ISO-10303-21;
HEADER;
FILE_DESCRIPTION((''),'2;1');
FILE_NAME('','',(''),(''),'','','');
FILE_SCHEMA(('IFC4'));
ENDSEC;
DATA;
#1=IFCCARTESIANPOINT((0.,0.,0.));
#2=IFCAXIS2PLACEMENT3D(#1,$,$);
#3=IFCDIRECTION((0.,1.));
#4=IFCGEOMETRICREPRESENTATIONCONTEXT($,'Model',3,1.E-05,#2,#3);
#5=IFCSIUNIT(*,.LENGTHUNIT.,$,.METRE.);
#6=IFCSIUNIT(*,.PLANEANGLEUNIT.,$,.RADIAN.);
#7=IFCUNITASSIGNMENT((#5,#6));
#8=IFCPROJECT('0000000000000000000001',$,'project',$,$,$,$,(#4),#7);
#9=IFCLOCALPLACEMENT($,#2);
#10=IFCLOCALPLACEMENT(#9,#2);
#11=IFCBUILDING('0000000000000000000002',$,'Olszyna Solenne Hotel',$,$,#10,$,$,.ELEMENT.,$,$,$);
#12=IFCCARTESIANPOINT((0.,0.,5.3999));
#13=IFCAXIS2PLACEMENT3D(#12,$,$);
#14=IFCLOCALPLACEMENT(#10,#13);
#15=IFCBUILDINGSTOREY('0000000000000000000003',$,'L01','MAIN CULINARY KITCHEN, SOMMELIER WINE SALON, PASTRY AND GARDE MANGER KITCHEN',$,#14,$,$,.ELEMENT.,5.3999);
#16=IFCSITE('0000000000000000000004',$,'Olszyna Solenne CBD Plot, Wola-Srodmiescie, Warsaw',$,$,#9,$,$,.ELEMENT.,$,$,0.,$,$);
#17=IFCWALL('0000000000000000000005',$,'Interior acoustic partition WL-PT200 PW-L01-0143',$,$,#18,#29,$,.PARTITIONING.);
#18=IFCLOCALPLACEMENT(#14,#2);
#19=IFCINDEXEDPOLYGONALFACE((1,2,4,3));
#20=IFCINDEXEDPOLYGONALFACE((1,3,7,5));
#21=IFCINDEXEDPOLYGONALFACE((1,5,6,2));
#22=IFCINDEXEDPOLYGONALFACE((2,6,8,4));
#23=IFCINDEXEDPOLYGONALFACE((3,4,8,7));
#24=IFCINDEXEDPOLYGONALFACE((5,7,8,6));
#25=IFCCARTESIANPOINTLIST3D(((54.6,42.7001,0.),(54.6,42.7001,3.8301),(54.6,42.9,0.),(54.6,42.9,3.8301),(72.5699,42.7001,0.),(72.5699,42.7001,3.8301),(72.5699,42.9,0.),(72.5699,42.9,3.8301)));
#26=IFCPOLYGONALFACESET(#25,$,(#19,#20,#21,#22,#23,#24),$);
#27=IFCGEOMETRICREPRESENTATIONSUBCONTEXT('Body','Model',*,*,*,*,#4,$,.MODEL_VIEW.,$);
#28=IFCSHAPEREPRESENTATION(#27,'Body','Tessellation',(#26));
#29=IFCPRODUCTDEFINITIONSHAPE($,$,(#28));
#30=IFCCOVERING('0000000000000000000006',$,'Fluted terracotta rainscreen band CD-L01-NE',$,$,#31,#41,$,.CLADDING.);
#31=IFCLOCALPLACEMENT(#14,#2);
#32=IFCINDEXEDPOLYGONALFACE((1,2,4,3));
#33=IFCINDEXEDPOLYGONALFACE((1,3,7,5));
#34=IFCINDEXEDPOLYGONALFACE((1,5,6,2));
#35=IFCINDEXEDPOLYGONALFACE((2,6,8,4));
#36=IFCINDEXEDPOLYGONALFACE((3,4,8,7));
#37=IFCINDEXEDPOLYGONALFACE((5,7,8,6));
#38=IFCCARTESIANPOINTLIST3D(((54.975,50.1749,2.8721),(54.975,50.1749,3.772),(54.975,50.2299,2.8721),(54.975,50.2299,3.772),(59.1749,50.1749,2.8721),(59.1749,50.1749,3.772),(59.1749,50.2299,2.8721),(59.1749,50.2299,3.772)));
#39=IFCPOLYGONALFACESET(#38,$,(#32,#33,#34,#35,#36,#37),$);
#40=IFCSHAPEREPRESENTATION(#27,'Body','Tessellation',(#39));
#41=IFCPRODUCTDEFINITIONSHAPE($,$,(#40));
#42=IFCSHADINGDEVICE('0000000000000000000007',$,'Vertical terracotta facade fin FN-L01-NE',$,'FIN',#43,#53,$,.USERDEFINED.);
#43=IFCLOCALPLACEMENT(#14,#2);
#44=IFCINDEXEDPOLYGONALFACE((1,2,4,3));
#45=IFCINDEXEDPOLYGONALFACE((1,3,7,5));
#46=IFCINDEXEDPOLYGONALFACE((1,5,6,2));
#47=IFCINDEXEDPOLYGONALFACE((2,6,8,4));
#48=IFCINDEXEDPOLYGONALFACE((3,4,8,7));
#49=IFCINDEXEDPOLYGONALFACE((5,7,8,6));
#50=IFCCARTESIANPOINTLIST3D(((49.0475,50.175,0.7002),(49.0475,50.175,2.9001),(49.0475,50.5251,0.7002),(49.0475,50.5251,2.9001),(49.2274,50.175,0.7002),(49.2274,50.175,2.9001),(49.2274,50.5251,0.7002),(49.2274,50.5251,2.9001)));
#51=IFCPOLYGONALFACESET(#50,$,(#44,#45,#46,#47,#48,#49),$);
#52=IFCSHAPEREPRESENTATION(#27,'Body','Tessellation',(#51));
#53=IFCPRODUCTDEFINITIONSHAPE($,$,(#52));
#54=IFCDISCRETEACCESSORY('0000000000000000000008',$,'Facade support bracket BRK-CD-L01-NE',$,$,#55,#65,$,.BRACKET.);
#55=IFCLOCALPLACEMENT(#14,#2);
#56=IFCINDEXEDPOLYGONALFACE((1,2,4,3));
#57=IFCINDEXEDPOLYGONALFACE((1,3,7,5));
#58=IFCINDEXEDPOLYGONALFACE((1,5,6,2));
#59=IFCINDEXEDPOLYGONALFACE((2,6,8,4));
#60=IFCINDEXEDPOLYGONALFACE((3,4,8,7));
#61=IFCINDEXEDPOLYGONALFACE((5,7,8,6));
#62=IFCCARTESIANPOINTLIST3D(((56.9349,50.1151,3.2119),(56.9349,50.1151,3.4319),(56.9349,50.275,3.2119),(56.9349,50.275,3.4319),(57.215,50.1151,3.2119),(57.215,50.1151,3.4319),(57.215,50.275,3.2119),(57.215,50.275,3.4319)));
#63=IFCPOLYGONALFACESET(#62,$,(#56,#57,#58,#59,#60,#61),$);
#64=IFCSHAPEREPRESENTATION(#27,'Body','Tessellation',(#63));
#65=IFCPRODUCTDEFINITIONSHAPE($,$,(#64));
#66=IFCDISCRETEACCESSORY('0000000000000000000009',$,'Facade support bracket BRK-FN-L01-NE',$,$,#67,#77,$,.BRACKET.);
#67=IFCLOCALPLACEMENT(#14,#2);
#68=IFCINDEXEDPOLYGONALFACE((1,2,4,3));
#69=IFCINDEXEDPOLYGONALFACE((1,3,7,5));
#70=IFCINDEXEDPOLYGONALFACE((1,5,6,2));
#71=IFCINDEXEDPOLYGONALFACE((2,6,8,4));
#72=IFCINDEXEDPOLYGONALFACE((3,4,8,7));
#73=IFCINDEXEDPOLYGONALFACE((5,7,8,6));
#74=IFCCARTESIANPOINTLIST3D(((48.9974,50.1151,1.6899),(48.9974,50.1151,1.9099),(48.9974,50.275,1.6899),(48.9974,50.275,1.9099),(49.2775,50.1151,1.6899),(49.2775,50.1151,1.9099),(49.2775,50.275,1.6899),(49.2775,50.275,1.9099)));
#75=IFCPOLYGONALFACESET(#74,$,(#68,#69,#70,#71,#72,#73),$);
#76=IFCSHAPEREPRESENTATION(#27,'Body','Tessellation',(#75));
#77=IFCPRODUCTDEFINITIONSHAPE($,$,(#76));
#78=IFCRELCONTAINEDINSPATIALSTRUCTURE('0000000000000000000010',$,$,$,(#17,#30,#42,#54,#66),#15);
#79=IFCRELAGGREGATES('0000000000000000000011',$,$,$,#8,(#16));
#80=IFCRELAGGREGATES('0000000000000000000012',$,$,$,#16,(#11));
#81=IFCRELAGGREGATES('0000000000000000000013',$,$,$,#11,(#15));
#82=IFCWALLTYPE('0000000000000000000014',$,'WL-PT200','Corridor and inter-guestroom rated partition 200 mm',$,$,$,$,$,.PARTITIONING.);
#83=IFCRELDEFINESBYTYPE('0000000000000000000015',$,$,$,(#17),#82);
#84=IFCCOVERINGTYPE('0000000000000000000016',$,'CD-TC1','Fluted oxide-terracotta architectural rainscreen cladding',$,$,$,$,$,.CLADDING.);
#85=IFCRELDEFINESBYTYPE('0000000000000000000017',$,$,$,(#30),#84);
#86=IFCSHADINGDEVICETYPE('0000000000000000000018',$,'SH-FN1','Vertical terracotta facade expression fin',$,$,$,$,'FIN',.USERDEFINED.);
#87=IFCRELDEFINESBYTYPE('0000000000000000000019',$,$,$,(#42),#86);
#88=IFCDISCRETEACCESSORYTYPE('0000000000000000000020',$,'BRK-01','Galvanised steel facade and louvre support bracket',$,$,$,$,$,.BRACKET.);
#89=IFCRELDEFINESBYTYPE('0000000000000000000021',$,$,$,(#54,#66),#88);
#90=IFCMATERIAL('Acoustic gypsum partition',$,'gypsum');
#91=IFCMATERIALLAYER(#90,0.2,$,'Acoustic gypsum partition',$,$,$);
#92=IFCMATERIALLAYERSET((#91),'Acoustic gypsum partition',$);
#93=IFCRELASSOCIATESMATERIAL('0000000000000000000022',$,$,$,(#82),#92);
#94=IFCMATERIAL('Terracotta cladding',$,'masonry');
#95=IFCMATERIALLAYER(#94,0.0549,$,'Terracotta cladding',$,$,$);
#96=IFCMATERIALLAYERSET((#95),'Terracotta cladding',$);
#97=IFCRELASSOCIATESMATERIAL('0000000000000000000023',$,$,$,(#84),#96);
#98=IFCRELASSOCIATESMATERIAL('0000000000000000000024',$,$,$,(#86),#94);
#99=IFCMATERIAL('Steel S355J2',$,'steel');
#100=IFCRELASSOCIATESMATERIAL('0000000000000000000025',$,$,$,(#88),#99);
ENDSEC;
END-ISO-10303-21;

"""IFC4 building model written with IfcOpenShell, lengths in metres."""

from ifc_helpers import new_model, si_unit, direction, frame, frame_2d, origin, origin_2d, place, context, subcontext, project, spatial, rectangle, extrude, source, transform, mapped, material, layer, layer_set, type_object, element, save


model = new_model("IFC4")

# Units and contexts
model_context = context("Model", 3, precision=1e-05, world=origin(), true_north=direction((0.0, 1.0)))
body_context = subcontext(model_context, "Body", "Model", "MODEL_VIEW")
ifc_project = project(units=[si_unit("LENGTHUNIT", "METRE"), si_unit("PLANEANGLEUNIT", "RADIAN")], contexts=[model_context])

# Site, building, storey
site_placement = place(None, origin())
site = spatial("IfcSite", under=ifc_project, at=site_placement, Name="Olszyna Solenne CBD Plot, Wola-Srodmiescie, Warsaw", CompositionType="ELEMENT", RefElevation=0.0)
building_placement = place(site_placement, origin())
building = spatial("IfcBuilding", under=site, at=building_placement, Name="Olszyna Solenne Hotel", CompositionType="ELEMENT")
storey_placement = place(building_placement, frame((0.0, 0.0, 5.3999)))
storey = spatial("IfcBuildingStorey", under=building, at=storey_placement, Name="L01", Description="MAIN CULINARY KITCHEN, SOMMELIER WINE SALON, PASTRY AND GARDE MANGER KITCHEN", CompositionType="ELEMENT", Elevation=5.3999)

# Shared definitions
ifc_material_1 = material(Name="Steel S355J2", Category="steel")

# Shared definitions
ifc_material_2 = material(Name="Acoustic gypsum partition", Category="gypsum")

# Wall
ifc_layer_1 = layer(ifc_material_2, 0.2, Name="Acoustic gypsum partition")
ifc_layer_set_1 = layer_set([ifc_layer_1], Name="Acoustic gypsum partition")
wall_type_1 = type_object("IfcWallType", Name="WL-PT200", Description="Corridor and inter-guestroom rated partition 200 mm", PredefinedType="PARTITIONING", material=ifc_layer_set_1)
wall_1_placement = place(storey_placement, frame((54.6001, 42.8, 0.0), z_axis=(0.0, 0.0, 1.0), x_axis=(1.0, 0.0, 0.0)))
element("IfcWall", 1, at=wall_1_placement, inside=storey, type_object=wall_type_1, Name="Interior acoustic partition WL-PT200 PW-L01-0143", PredefinedType="PARTITIONING", context=body_context, shape_type="SweptSolid", body=[
    extrude(rectangle(XDim=17.97, YDim=0.2, at=frame_2d((8.9849, 0.0))), origin(), (0.0, 0.0, 1.0), 3.8301),
])

# Covering
ifc_material_3 = material(Name="Terracotta cladding", Category="masonry")
ifc_layer_2 = layer(ifc_material_3, 0.0549, Name="Terracotta cladding")
ifc_layer_set_2 = layer_set([ifc_layer_2], Name="Terracotta cladding")
covering_type = type_object("IfcCoveringType", Name="CD-TC1", Description="Fluted oxide-terracotta architectural rainscreen cladding", PredefinedType="CLADDING", material=ifc_layer_set_2)
shared_shape_1 = source(origin(), body_context, "Body", "SweptSolid", [
    extrude(rectangle(XDim=4.2, YDim=0.0549, at=origin_2d()), origin(), (0.0, 0.0, 1.0), 0.8999),
])
covering_placement = place(storey_placement, frame((57.075, 50.2024, 2.8721), z_axis=(0.0, 0.0, 1.0), x_axis=(1.0, 0.0, 0.0)))
element("IfcCovering", 2, at=covering_placement, inside=storey, type_object=covering_type, Name="Fluted terracotta rainscreen band CD-L01-NE", PredefinedType="CLADDING", context=body_context, shape_type="MappedRepresentation", body=[
    mapped(shared_shape_1, transform((0.0, 0.0, 0.0), x_axis=(1.0, 0.0, 0.0), y_axis=(0.0, 1.0, 0.0), z_axis=(0.0, 0.0, 1.0), scale=1.0)),
])

# Shading device
shading_device_type = type_object("IfcShadingDeviceType", Name="SH-FN1", Description="Vertical terracotta facade expression fin", ElementType="FIN", PredefinedType="USERDEFINED", material=ifc_material_3)
shared_shape_2 = source(origin(), body_context, "Body", "SweptSolid", [
    extrude(rectangle(XDim=0.1799, YDim=0.3501, at=origin_2d()), origin(), (0.0, 0.0, 1.0), 2.2),
])
shading_device_placement = place(storey_placement, frame((49.1375, 50.3501, 0.7002), z_axis=(0.0, 0.0, 1.0), x_axis=(1.0, 0.0, 0.0)))
element("IfcShadingDevice", 3, at=shading_device_placement, inside=storey, type_object=shading_device_type, Name="Vertical terracotta facade fin FN-L01-NE", ObjectType="FIN", PredefinedType="USERDEFINED", context=body_context, shape_type="MappedRepresentation", body=[
    mapped(shared_shape_2, transform((0.0, 0.0, 0.0), x_axis=(1.0, 0.0, 0.0), y_axis=(0.0, 1.0, 0.0), z_axis=(0.0, 0.0, 1.0), scale=1.0)),
])

# Discrete accessories
discrete_accessory_type = type_object("IfcDiscreteAccessoryType", Name="BRK-01", Description="Galvanised steel facade and louvre support bracket", PredefinedType="BRACKET", material=ifc_material_1)
shared_shape_3 = source(origin(), body_context, "Body", "SweptSolid", [
    extrude(rectangle(XDim=0.28, YDim=0.1599, at=origin_2d()), origin(), (0.0, 0.0, 1.0), 0.22),
])
for number, where, z_axis, x_axis, name in (
    (4, (57.075, 50.1951, 3.2119), (0.0, 0.0, 1.0), (1.0, 0.0, 0.0), "Facade support bracket BRK-CD-L01-NE"),
    (5, (49.1375, 50.1951, 1.6899), (0.0, 0.0, 1.0), (1.0, 0.0, 0.0), "Facade support bracket BRK-FN-L01-NE"),
):
    element("IfcDiscreteAccessory", number, at=place(storey_placement, frame(where, z_axis=z_axis, x_axis=x_axis)), inside=storey, type_object=discrete_accessory_type, Name=name, PredefinedType="BRACKET", context=body_context, shape_type="MappedRepresentation", body=[
        mapped(shared_shape_3, transform((0.0, 0.0, 0.0), x_axis=(1.0, 0.0, 0.0), y_axis=(0.0, 1.0, 0.0), z_axis=(0.0, 0.0, 1.0), scale=1.0)),
    ])

save(model, "model.ifc")
